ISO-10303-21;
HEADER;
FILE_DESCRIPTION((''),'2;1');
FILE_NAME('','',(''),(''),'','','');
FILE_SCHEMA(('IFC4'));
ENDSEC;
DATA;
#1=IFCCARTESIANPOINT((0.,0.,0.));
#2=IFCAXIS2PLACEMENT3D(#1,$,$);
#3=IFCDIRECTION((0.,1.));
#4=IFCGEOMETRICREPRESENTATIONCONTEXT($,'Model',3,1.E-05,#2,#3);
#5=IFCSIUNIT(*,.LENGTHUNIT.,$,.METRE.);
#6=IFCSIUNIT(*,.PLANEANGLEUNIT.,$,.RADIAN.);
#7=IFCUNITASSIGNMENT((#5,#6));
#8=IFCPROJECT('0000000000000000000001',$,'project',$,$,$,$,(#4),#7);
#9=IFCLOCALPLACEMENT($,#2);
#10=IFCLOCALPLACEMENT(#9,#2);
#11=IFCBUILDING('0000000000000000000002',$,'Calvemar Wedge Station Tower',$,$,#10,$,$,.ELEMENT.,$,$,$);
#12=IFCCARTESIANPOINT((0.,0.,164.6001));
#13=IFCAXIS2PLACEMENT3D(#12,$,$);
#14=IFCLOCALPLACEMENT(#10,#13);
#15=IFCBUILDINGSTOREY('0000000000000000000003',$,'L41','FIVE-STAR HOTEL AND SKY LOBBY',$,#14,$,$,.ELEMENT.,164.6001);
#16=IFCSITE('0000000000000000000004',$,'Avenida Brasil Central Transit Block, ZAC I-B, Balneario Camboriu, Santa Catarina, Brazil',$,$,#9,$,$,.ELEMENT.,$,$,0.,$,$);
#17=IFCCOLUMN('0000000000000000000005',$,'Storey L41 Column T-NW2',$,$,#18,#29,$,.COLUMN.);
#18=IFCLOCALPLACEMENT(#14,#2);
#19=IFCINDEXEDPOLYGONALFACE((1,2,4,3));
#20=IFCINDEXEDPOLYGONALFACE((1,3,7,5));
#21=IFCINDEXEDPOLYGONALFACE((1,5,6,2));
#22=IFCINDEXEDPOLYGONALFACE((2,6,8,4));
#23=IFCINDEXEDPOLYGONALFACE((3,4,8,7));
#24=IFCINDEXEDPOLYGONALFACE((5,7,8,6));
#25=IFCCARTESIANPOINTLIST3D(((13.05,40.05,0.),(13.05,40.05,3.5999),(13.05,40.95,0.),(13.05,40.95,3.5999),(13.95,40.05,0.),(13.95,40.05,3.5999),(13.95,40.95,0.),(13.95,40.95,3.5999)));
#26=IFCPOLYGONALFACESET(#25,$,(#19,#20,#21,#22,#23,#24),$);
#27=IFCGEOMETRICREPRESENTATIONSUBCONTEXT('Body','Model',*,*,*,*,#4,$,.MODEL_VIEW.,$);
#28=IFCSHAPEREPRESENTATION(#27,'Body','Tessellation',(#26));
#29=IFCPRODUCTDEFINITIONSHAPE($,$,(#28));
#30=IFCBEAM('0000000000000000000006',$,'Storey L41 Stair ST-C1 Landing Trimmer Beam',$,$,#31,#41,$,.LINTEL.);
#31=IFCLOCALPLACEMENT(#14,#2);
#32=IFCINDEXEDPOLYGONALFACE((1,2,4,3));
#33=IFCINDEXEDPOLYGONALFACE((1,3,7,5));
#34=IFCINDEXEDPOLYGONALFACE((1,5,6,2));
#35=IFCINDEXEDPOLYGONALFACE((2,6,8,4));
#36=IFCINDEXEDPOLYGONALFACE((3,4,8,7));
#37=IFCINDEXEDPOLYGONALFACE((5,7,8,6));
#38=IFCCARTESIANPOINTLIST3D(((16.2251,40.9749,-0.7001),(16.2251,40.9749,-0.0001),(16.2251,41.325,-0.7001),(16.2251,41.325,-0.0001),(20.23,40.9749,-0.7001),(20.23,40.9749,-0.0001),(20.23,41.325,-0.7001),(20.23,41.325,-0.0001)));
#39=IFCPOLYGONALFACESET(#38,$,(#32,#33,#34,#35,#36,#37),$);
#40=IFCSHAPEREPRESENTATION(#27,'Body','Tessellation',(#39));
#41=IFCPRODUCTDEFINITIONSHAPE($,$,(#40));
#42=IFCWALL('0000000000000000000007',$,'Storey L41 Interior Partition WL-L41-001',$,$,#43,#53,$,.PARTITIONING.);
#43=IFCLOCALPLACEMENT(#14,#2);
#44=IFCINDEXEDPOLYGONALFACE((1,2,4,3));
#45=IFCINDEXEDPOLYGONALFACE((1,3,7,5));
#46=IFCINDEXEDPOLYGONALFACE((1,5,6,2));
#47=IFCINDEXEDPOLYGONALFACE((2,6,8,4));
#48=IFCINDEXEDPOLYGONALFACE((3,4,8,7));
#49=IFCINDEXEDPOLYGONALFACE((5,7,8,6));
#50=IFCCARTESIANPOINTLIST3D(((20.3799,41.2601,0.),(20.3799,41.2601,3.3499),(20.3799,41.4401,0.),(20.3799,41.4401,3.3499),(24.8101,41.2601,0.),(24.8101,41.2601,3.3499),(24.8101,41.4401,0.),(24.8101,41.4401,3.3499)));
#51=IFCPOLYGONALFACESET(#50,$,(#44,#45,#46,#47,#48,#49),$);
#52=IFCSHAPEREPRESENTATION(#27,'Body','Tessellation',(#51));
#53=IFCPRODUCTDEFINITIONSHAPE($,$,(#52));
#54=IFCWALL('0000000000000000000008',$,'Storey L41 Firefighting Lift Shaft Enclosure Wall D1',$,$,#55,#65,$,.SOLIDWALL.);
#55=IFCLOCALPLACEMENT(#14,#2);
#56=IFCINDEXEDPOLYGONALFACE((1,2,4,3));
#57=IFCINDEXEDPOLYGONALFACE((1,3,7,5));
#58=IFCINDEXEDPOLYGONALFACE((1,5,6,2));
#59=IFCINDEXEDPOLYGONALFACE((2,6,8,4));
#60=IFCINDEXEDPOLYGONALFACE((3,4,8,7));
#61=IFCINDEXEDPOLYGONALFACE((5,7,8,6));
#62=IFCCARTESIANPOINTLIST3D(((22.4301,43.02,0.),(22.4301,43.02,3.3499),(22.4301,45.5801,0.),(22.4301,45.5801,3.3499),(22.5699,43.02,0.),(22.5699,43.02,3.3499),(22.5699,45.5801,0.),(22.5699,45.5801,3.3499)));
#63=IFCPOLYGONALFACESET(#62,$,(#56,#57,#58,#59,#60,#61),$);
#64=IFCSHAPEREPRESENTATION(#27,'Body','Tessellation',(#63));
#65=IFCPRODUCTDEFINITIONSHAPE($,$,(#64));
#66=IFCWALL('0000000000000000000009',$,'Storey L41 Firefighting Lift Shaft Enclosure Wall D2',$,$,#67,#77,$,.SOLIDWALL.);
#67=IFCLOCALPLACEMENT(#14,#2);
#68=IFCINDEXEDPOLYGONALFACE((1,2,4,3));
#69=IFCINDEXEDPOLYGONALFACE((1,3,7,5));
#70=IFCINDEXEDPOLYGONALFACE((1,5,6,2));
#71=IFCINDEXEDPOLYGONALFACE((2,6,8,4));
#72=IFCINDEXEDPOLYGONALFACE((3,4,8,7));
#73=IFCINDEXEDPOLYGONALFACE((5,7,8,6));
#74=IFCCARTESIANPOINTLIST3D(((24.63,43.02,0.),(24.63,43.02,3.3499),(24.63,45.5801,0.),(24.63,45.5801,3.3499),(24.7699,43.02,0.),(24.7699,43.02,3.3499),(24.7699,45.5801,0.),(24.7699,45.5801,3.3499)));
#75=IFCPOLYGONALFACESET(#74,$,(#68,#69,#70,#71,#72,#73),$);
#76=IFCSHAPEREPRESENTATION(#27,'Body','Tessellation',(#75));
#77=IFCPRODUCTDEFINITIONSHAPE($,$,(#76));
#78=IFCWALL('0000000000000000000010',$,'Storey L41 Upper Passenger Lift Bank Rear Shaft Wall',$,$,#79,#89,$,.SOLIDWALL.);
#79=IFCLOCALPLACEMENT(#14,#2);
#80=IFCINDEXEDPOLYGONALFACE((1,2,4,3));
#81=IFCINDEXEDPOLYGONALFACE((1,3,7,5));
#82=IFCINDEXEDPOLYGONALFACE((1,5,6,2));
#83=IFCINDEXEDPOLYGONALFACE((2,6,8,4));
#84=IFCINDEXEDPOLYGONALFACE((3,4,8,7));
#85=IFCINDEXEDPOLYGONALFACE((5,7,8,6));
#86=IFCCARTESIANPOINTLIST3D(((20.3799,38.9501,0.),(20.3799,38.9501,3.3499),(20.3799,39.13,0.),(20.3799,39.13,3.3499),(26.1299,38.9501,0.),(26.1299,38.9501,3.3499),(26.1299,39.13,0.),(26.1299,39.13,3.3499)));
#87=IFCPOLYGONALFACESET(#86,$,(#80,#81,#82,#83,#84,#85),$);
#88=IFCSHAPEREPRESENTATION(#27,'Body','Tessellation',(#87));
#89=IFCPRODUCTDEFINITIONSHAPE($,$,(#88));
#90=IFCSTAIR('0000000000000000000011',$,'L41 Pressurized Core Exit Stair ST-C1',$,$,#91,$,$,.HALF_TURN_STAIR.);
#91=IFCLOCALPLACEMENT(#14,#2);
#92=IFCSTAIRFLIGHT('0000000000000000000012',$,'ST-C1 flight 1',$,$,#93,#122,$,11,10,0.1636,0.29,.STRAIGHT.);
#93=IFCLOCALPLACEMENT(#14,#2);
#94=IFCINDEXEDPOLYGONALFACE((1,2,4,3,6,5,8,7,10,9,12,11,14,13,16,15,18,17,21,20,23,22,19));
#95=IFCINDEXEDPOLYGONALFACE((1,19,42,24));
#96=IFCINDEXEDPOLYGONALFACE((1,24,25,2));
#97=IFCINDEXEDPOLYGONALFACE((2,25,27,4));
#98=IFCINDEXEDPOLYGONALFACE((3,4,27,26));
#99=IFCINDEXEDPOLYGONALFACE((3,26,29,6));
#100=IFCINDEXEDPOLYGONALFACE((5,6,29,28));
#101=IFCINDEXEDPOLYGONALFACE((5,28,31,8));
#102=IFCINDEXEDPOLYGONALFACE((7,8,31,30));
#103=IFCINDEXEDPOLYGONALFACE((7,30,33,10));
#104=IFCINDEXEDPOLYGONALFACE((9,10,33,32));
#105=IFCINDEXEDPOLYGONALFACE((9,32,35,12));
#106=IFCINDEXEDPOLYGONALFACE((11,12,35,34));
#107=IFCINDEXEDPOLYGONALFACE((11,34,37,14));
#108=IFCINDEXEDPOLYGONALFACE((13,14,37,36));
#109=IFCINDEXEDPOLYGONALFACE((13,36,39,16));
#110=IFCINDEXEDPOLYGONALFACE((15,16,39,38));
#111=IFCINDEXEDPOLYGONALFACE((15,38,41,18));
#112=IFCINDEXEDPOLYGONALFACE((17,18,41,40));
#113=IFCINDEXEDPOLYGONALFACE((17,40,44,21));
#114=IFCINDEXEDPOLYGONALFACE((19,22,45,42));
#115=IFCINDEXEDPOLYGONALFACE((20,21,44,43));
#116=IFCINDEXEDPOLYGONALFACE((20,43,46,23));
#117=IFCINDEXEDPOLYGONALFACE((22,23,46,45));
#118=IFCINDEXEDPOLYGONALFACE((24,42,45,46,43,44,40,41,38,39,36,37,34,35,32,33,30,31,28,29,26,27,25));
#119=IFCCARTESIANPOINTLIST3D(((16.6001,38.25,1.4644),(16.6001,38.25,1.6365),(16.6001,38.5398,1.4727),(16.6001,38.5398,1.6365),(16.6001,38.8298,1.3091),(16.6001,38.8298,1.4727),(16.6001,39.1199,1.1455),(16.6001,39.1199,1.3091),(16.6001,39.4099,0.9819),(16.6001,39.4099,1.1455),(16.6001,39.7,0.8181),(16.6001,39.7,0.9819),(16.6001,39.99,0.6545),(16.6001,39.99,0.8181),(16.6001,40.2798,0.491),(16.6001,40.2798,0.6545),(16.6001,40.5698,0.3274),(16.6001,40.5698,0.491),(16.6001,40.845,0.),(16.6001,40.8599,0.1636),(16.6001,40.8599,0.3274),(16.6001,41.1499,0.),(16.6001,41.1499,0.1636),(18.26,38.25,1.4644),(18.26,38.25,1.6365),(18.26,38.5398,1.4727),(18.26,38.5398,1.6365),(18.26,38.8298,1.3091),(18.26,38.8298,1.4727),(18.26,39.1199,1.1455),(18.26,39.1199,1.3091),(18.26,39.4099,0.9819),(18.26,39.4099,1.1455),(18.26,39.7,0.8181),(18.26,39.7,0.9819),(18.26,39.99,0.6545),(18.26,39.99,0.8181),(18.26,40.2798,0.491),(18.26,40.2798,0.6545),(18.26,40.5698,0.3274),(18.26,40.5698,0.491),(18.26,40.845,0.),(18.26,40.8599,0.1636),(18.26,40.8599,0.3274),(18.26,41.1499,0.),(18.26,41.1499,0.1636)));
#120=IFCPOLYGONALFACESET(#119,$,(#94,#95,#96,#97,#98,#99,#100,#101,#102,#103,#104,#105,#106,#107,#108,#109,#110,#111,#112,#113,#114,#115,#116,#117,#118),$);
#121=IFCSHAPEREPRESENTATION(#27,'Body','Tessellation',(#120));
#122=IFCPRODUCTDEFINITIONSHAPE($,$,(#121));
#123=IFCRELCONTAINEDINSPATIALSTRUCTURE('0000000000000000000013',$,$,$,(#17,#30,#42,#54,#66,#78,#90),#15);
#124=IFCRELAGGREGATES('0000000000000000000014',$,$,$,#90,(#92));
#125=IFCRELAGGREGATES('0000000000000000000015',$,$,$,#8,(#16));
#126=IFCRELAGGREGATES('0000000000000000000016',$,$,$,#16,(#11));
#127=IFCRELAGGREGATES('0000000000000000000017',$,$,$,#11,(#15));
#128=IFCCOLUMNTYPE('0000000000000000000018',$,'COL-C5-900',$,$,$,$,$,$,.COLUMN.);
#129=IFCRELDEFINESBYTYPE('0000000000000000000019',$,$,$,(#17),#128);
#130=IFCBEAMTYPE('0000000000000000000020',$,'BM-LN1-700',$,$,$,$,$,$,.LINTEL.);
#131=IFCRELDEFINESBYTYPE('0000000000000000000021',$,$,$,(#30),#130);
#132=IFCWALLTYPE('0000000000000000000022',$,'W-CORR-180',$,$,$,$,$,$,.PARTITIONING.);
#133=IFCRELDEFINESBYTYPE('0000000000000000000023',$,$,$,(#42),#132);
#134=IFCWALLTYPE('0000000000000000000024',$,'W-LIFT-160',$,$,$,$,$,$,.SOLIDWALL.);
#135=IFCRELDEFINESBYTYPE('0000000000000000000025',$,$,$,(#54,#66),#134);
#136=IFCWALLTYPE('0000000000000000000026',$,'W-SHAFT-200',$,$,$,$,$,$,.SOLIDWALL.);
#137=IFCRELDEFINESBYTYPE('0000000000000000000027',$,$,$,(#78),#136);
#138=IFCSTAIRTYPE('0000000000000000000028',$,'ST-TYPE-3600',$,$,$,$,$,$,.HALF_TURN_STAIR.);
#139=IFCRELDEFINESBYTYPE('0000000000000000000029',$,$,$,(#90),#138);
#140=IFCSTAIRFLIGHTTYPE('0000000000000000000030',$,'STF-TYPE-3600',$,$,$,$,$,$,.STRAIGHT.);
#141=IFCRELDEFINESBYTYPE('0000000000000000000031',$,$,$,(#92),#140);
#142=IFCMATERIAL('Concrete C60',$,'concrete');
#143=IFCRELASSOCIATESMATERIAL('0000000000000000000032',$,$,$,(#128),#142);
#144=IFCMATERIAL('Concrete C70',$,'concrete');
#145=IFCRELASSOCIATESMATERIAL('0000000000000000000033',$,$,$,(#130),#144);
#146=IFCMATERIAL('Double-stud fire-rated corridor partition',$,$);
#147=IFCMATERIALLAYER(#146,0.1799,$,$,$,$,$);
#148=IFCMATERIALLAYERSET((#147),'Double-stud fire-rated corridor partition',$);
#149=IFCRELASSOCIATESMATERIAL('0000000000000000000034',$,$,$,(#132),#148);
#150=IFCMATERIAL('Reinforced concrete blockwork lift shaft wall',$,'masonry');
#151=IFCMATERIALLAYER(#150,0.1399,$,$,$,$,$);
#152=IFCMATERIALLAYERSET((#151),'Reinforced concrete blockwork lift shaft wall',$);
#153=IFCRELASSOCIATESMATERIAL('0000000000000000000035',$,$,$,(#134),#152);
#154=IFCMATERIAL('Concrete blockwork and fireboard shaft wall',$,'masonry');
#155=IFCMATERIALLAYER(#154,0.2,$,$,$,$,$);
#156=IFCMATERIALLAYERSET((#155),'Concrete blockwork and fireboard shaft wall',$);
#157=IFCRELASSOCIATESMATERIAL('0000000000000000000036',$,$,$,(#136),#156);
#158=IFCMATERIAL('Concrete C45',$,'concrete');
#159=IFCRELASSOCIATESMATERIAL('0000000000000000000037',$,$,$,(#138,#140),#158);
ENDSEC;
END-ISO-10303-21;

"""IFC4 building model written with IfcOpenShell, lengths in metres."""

from ifc_helpers import new_model, si_unit, direction, frame, frame_2d, origin, origin_2d, place, context, subcontext, project, spatial, polyline, rectangle, outline, extrude, source, transform, mapped, material, layer, layer_set, material_profile, profile_set, type_object, element, aggregate, save


model = new_model("IFC4")

# Units and contexts
model_context = context("Model", 3, precision=1e-05, world=origin(), true_north=direction((0.0, 1.0)))
body_context = subcontext(model_context, "Body", "Model", "MODEL_VIEW")
ifc_project = project(units=[si_unit("LENGTHUNIT", "METRE"), si_unit("PLANEANGLEUNIT", "RADIAN")], contexts=[model_context])

# Site, building, storey
site_placement = place(None, origin())
site = spatial("IfcSite", under=ifc_project, at=site_placement, Name="Avenida Brasil Central Transit Block, ZAC I-B, Balneario Camboriu, Santa Catarina, Brazil", CompositionType="ELEMENT", RefElevation=0.0)
building_placement = place(site_placement, origin())
building = spatial("IfcBuilding", under=site, at=building_placement, Name="Calvemar Wedge Station Tower", CompositionType="ELEMENT")
storey_placement = place(building_placement, frame((0.0, 0.0, 164.6001)))
storey = spatial("IfcBuildingStorey", under=building, at=storey_placement, Name="L41", Description="FIVE-STAR HOTEL AND SKY LOBBY", CompositionType="ELEMENT", Elevation=164.6001)

# Column
ifc_material_1 = material(Name="Concrete C60", Category="concrete")
ifc_material_profile_1 = material_profile(ifc_material_1, rectangle(XDim=0.8999, YDim=0.8999, at=origin_2d()), Name="RC900x900")
ifc_profile_set_1 = profile_set([ifc_material_profile_1], Name="Concrete C60")
column_type = type_object("IfcColumnType", Name="COL-C5-900", PredefinedType="COLUMN", material=ifc_profile_set_1)
shared_shape_1 = source(origin(), body_context, "Body", "SweptSolid", [
    extrude(rectangle(XDim=0.8999, YDim=0.8999, at=origin_2d()), origin(), (0.0, 0.0, 1.0), 3.5999),
])
column_placement = place(storey_placement, frame((13.5, 40.5, 0.0), z_axis=(0.0, 0.0, 1.0), x_axis=(1.0, 0.0, 0.0)))
element("IfcColumn", 1, at=column_placement, inside=storey, type_object=column_type, Name="Storey L41 Column T-NW2", PredefinedType="COLUMN", context=body_context, shape_type="MappedRepresentation", body=[
    mapped(shared_shape_1, transform((0.0, 0.0, 0.0), scale=1.0)),
])

# Beam
ifc_material_2 = material(Name="Concrete C70", Category="concrete")
ifc_material_profile_2 = material_profile(ifc_material_2, rectangle(XDim=0.3501, YDim=0.7, at=origin_2d()), Name="RC350x700")
ifc_profile_set_2 = profile_set([ifc_material_profile_2], Name="Concrete C70")
beam_type = type_object("IfcBeamType", Name="BM-LN1-700", PredefinedType="LINTEL", material=ifc_profile_set_2)
shared_shape_2 = source(origin(), body_context, "Body", "SweptSolid", [
    extrude(rectangle(XDim=0.3501, YDim=0.7, at=origin_2d()), origin(), (0.0, 0.0, 1.0), 4.0049),
])
beam_placement = place(storey_placement, frame((16.2251, 41.1499, -0.3501), z_axis=(1.0, 0.0, 0.0), x_axis=(0.0, 1.0, 0.0)))
element("IfcBeam", 2, at=beam_placement, inside=storey, type_object=beam_type, Name="Storey L41 Stair ST-C1 Landing Trimmer Beam", PredefinedType="LINTEL", context=body_context, shape_type="MappedRepresentation", body=[
    mapped(shared_shape_2, transform((0.0, 0.0, 0.0), scale=1.0)),
])

# Wall
ifc_material_3 = material(Name="Double-stud fire-rated corridor partition")
ifc_layer_1 = layer(ifc_material_3, 0.1799)
ifc_layer_set_1 = layer_set([ifc_layer_1], Name="Double-stud fire-rated corridor partition")
wall_type_1 = type_object("IfcWallType", Name="W-CORR-180", PredefinedType="PARTITIONING", material=ifc_layer_set_1)
wall_1_placement = place(storey_placement, frame((24.8101, 41.3501, 0.0), z_axis=(0.0, 0.0, 1.0), x_axis=(-1.0, 0.0, 0.0)))
element("IfcWall", 3, at=wall_1_placement, inside=storey, type_object=wall_type_1, Name="Storey L41 Interior Partition WL-L41-001", PredefinedType="PARTITIONING", context=body_context, shape_type="SweptSolid", body=[
    extrude(rectangle(XDim=4.4302, YDim=0.1799, at=frame_2d((2.2151, 0.0))), origin(), (0.0, 0.0, 1.0), 3.3499),
])

# Shared definitions
ifc_material_4 = material(Name="Reinforced concrete blockwork lift shaft wall", Category="masonry")
ifc_layer_2 = layer(ifc_material_4, 0.1399)
ifc_layer_set_2 = layer_set([ifc_layer_2], Name="Reinforced concrete blockwork lift shaft wall")
wall_type_2 = type_object("IfcWallType", Name="W-LIFT-160", PredefinedType="SOLIDWALL", material=ifc_layer_set_2)

# Walls
for number, where, z_axis, x_axis, name in (
    (4, (22.5, 43.02, 0.0), (0.0, 0.0, 1.0), (0.0, 1.0, 0.0), "Storey L41 Firefighting Lift Shaft Enclosure Wall D1"),
    (5, (24.7, 43.02, 0.0), (0.0, 0.0, 1.0), (0.0, 1.0, 0.0), "Storey L41 Firefighting Lift Shaft Enclosure Wall D2"),
):
    element("IfcWall", number, at=place(storey_placement, frame(where, z_axis=z_axis, x_axis=x_axis)), inside=storey, type_object=wall_type_2, Name=name, PredefinedType="SOLIDWALL", context=body_context, shape_type="SweptSolid", body=[
        extrude(rectangle(XDim=2.5601, YDim=0.1399, at=frame_2d((1.28, 0.0))), origin(), (0.0, 0.0, 1.0), 3.3499),
    ])
ifc_material_5 = material(Name="Concrete blockwork and fireboard shaft wall", Category="masonry")
ifc_layer_3 = layer(ifc_material_5, 0.2)
ifc_layer_set_3 = layer_set([ifc_layer_3], Name="Concrete blockwork and fireboard shaft wall")
wall_type_3 = type_object("IfcWallType", Name="W-SHAFT-200", PredefinedType="SOLIDWALL", material=ifc_layer_set_3)
wall_2_placement = place(storey_placement, frame((20.3799, 39.04, 0.0), z_axis=(0.0, 0.0, 1.0), x_axis=(1.0, 0.0, 0.0)))
element("IfcWall", 6, at=wall_2_placement, inside=storey, type_object=wall_type_3, Name="Storey L41 Upper Passenger Lift Bank Rear Shaft Wall", PredefinedType="SOLIDWALL", context=body_context, shape_type="SweptSolid", body=[
    extrude(rectangle(XDim=5.75, YDim=0.1799, at=frame_2d((2.875, 0.0))), origin(), (0.0, 0.0, 1.0), 3.3499),
])

# Stair, stair flight
ifc_material_6 = material(Name="Concrete C45", Category="concrete")
stair_type = type_object("IfcStairType", Name="ST-TYPE-3600", PredefinedType="HALF_TURN_STAIR", material=ifc_material_6)
stair_placement = place(storey_placement, origin())
stair = element("IfcStair", 7, at=stair_placement, inside=storey, type_object=stair_type, Name="L41 Pressurized Core Exit Stair ST-C1", PredefinedType="HALF_TURN_STAIR")
stair_flight_type = type_object("IfcStairFlightType", Name="STF-TYPE-3600", PredefinedType="STRAIGHT", material=ifc_material_6)
stair_flight_placement = place(storey_placement, frame((17.4299, 41.1499, 0.0), z_axis=(0.0, 0.0, 1.0), x_axis=(0.0, -1.0, 0.0)))
stair_flight = element("IfcStairFlight", 8, at=stair_flight_placement, type_object=stair_flight_type, Name="ST-C1 flight 1", NumberOfRisers=11, NumberOfTreads=10, PredefinedType="STRAIGHT", RiserHeight=0.1636, TreadLength=0.29, context=body_context, shape_type="SweptSolid", body=[
    extrude(outline(polyline([(0.0, 0.0), (0.0, 0.1636), (0.29, 0.1636), (0.29, 0.3274), (0.5801, 0.3274), (0.5801, 0.491), (0.8701, 0.491), (0.8701, 0.6545), (1.1599, 0.6545), (1.1599, 0.8181), (1.45, 0.8181), (1.45, 0.9819), (1.74, 0.9819), (1.74, 1.1455), (2.03, 1.1455), (2.03, 1.3091), (2.3201, 1.3091), (2.3201, 1.4727), (2.6101, 1.4727), (2.6101, 1.6365), (2.8999, 1.6365), (2.8999, 1.8), (2.8999, 1.4644), (0.3049, 0.0), (0.0, 0.0)])), frame((0.0, 0.8301, 0.0), z_axis=(0.0, -1.0, 0.0), x_axis=(1.0, 0.0, 0.0)), (0.0, 0.0, 1.0), 1.6599),
])
aggregate(stair, [stair_flight])

save(model, "model.ifc")
